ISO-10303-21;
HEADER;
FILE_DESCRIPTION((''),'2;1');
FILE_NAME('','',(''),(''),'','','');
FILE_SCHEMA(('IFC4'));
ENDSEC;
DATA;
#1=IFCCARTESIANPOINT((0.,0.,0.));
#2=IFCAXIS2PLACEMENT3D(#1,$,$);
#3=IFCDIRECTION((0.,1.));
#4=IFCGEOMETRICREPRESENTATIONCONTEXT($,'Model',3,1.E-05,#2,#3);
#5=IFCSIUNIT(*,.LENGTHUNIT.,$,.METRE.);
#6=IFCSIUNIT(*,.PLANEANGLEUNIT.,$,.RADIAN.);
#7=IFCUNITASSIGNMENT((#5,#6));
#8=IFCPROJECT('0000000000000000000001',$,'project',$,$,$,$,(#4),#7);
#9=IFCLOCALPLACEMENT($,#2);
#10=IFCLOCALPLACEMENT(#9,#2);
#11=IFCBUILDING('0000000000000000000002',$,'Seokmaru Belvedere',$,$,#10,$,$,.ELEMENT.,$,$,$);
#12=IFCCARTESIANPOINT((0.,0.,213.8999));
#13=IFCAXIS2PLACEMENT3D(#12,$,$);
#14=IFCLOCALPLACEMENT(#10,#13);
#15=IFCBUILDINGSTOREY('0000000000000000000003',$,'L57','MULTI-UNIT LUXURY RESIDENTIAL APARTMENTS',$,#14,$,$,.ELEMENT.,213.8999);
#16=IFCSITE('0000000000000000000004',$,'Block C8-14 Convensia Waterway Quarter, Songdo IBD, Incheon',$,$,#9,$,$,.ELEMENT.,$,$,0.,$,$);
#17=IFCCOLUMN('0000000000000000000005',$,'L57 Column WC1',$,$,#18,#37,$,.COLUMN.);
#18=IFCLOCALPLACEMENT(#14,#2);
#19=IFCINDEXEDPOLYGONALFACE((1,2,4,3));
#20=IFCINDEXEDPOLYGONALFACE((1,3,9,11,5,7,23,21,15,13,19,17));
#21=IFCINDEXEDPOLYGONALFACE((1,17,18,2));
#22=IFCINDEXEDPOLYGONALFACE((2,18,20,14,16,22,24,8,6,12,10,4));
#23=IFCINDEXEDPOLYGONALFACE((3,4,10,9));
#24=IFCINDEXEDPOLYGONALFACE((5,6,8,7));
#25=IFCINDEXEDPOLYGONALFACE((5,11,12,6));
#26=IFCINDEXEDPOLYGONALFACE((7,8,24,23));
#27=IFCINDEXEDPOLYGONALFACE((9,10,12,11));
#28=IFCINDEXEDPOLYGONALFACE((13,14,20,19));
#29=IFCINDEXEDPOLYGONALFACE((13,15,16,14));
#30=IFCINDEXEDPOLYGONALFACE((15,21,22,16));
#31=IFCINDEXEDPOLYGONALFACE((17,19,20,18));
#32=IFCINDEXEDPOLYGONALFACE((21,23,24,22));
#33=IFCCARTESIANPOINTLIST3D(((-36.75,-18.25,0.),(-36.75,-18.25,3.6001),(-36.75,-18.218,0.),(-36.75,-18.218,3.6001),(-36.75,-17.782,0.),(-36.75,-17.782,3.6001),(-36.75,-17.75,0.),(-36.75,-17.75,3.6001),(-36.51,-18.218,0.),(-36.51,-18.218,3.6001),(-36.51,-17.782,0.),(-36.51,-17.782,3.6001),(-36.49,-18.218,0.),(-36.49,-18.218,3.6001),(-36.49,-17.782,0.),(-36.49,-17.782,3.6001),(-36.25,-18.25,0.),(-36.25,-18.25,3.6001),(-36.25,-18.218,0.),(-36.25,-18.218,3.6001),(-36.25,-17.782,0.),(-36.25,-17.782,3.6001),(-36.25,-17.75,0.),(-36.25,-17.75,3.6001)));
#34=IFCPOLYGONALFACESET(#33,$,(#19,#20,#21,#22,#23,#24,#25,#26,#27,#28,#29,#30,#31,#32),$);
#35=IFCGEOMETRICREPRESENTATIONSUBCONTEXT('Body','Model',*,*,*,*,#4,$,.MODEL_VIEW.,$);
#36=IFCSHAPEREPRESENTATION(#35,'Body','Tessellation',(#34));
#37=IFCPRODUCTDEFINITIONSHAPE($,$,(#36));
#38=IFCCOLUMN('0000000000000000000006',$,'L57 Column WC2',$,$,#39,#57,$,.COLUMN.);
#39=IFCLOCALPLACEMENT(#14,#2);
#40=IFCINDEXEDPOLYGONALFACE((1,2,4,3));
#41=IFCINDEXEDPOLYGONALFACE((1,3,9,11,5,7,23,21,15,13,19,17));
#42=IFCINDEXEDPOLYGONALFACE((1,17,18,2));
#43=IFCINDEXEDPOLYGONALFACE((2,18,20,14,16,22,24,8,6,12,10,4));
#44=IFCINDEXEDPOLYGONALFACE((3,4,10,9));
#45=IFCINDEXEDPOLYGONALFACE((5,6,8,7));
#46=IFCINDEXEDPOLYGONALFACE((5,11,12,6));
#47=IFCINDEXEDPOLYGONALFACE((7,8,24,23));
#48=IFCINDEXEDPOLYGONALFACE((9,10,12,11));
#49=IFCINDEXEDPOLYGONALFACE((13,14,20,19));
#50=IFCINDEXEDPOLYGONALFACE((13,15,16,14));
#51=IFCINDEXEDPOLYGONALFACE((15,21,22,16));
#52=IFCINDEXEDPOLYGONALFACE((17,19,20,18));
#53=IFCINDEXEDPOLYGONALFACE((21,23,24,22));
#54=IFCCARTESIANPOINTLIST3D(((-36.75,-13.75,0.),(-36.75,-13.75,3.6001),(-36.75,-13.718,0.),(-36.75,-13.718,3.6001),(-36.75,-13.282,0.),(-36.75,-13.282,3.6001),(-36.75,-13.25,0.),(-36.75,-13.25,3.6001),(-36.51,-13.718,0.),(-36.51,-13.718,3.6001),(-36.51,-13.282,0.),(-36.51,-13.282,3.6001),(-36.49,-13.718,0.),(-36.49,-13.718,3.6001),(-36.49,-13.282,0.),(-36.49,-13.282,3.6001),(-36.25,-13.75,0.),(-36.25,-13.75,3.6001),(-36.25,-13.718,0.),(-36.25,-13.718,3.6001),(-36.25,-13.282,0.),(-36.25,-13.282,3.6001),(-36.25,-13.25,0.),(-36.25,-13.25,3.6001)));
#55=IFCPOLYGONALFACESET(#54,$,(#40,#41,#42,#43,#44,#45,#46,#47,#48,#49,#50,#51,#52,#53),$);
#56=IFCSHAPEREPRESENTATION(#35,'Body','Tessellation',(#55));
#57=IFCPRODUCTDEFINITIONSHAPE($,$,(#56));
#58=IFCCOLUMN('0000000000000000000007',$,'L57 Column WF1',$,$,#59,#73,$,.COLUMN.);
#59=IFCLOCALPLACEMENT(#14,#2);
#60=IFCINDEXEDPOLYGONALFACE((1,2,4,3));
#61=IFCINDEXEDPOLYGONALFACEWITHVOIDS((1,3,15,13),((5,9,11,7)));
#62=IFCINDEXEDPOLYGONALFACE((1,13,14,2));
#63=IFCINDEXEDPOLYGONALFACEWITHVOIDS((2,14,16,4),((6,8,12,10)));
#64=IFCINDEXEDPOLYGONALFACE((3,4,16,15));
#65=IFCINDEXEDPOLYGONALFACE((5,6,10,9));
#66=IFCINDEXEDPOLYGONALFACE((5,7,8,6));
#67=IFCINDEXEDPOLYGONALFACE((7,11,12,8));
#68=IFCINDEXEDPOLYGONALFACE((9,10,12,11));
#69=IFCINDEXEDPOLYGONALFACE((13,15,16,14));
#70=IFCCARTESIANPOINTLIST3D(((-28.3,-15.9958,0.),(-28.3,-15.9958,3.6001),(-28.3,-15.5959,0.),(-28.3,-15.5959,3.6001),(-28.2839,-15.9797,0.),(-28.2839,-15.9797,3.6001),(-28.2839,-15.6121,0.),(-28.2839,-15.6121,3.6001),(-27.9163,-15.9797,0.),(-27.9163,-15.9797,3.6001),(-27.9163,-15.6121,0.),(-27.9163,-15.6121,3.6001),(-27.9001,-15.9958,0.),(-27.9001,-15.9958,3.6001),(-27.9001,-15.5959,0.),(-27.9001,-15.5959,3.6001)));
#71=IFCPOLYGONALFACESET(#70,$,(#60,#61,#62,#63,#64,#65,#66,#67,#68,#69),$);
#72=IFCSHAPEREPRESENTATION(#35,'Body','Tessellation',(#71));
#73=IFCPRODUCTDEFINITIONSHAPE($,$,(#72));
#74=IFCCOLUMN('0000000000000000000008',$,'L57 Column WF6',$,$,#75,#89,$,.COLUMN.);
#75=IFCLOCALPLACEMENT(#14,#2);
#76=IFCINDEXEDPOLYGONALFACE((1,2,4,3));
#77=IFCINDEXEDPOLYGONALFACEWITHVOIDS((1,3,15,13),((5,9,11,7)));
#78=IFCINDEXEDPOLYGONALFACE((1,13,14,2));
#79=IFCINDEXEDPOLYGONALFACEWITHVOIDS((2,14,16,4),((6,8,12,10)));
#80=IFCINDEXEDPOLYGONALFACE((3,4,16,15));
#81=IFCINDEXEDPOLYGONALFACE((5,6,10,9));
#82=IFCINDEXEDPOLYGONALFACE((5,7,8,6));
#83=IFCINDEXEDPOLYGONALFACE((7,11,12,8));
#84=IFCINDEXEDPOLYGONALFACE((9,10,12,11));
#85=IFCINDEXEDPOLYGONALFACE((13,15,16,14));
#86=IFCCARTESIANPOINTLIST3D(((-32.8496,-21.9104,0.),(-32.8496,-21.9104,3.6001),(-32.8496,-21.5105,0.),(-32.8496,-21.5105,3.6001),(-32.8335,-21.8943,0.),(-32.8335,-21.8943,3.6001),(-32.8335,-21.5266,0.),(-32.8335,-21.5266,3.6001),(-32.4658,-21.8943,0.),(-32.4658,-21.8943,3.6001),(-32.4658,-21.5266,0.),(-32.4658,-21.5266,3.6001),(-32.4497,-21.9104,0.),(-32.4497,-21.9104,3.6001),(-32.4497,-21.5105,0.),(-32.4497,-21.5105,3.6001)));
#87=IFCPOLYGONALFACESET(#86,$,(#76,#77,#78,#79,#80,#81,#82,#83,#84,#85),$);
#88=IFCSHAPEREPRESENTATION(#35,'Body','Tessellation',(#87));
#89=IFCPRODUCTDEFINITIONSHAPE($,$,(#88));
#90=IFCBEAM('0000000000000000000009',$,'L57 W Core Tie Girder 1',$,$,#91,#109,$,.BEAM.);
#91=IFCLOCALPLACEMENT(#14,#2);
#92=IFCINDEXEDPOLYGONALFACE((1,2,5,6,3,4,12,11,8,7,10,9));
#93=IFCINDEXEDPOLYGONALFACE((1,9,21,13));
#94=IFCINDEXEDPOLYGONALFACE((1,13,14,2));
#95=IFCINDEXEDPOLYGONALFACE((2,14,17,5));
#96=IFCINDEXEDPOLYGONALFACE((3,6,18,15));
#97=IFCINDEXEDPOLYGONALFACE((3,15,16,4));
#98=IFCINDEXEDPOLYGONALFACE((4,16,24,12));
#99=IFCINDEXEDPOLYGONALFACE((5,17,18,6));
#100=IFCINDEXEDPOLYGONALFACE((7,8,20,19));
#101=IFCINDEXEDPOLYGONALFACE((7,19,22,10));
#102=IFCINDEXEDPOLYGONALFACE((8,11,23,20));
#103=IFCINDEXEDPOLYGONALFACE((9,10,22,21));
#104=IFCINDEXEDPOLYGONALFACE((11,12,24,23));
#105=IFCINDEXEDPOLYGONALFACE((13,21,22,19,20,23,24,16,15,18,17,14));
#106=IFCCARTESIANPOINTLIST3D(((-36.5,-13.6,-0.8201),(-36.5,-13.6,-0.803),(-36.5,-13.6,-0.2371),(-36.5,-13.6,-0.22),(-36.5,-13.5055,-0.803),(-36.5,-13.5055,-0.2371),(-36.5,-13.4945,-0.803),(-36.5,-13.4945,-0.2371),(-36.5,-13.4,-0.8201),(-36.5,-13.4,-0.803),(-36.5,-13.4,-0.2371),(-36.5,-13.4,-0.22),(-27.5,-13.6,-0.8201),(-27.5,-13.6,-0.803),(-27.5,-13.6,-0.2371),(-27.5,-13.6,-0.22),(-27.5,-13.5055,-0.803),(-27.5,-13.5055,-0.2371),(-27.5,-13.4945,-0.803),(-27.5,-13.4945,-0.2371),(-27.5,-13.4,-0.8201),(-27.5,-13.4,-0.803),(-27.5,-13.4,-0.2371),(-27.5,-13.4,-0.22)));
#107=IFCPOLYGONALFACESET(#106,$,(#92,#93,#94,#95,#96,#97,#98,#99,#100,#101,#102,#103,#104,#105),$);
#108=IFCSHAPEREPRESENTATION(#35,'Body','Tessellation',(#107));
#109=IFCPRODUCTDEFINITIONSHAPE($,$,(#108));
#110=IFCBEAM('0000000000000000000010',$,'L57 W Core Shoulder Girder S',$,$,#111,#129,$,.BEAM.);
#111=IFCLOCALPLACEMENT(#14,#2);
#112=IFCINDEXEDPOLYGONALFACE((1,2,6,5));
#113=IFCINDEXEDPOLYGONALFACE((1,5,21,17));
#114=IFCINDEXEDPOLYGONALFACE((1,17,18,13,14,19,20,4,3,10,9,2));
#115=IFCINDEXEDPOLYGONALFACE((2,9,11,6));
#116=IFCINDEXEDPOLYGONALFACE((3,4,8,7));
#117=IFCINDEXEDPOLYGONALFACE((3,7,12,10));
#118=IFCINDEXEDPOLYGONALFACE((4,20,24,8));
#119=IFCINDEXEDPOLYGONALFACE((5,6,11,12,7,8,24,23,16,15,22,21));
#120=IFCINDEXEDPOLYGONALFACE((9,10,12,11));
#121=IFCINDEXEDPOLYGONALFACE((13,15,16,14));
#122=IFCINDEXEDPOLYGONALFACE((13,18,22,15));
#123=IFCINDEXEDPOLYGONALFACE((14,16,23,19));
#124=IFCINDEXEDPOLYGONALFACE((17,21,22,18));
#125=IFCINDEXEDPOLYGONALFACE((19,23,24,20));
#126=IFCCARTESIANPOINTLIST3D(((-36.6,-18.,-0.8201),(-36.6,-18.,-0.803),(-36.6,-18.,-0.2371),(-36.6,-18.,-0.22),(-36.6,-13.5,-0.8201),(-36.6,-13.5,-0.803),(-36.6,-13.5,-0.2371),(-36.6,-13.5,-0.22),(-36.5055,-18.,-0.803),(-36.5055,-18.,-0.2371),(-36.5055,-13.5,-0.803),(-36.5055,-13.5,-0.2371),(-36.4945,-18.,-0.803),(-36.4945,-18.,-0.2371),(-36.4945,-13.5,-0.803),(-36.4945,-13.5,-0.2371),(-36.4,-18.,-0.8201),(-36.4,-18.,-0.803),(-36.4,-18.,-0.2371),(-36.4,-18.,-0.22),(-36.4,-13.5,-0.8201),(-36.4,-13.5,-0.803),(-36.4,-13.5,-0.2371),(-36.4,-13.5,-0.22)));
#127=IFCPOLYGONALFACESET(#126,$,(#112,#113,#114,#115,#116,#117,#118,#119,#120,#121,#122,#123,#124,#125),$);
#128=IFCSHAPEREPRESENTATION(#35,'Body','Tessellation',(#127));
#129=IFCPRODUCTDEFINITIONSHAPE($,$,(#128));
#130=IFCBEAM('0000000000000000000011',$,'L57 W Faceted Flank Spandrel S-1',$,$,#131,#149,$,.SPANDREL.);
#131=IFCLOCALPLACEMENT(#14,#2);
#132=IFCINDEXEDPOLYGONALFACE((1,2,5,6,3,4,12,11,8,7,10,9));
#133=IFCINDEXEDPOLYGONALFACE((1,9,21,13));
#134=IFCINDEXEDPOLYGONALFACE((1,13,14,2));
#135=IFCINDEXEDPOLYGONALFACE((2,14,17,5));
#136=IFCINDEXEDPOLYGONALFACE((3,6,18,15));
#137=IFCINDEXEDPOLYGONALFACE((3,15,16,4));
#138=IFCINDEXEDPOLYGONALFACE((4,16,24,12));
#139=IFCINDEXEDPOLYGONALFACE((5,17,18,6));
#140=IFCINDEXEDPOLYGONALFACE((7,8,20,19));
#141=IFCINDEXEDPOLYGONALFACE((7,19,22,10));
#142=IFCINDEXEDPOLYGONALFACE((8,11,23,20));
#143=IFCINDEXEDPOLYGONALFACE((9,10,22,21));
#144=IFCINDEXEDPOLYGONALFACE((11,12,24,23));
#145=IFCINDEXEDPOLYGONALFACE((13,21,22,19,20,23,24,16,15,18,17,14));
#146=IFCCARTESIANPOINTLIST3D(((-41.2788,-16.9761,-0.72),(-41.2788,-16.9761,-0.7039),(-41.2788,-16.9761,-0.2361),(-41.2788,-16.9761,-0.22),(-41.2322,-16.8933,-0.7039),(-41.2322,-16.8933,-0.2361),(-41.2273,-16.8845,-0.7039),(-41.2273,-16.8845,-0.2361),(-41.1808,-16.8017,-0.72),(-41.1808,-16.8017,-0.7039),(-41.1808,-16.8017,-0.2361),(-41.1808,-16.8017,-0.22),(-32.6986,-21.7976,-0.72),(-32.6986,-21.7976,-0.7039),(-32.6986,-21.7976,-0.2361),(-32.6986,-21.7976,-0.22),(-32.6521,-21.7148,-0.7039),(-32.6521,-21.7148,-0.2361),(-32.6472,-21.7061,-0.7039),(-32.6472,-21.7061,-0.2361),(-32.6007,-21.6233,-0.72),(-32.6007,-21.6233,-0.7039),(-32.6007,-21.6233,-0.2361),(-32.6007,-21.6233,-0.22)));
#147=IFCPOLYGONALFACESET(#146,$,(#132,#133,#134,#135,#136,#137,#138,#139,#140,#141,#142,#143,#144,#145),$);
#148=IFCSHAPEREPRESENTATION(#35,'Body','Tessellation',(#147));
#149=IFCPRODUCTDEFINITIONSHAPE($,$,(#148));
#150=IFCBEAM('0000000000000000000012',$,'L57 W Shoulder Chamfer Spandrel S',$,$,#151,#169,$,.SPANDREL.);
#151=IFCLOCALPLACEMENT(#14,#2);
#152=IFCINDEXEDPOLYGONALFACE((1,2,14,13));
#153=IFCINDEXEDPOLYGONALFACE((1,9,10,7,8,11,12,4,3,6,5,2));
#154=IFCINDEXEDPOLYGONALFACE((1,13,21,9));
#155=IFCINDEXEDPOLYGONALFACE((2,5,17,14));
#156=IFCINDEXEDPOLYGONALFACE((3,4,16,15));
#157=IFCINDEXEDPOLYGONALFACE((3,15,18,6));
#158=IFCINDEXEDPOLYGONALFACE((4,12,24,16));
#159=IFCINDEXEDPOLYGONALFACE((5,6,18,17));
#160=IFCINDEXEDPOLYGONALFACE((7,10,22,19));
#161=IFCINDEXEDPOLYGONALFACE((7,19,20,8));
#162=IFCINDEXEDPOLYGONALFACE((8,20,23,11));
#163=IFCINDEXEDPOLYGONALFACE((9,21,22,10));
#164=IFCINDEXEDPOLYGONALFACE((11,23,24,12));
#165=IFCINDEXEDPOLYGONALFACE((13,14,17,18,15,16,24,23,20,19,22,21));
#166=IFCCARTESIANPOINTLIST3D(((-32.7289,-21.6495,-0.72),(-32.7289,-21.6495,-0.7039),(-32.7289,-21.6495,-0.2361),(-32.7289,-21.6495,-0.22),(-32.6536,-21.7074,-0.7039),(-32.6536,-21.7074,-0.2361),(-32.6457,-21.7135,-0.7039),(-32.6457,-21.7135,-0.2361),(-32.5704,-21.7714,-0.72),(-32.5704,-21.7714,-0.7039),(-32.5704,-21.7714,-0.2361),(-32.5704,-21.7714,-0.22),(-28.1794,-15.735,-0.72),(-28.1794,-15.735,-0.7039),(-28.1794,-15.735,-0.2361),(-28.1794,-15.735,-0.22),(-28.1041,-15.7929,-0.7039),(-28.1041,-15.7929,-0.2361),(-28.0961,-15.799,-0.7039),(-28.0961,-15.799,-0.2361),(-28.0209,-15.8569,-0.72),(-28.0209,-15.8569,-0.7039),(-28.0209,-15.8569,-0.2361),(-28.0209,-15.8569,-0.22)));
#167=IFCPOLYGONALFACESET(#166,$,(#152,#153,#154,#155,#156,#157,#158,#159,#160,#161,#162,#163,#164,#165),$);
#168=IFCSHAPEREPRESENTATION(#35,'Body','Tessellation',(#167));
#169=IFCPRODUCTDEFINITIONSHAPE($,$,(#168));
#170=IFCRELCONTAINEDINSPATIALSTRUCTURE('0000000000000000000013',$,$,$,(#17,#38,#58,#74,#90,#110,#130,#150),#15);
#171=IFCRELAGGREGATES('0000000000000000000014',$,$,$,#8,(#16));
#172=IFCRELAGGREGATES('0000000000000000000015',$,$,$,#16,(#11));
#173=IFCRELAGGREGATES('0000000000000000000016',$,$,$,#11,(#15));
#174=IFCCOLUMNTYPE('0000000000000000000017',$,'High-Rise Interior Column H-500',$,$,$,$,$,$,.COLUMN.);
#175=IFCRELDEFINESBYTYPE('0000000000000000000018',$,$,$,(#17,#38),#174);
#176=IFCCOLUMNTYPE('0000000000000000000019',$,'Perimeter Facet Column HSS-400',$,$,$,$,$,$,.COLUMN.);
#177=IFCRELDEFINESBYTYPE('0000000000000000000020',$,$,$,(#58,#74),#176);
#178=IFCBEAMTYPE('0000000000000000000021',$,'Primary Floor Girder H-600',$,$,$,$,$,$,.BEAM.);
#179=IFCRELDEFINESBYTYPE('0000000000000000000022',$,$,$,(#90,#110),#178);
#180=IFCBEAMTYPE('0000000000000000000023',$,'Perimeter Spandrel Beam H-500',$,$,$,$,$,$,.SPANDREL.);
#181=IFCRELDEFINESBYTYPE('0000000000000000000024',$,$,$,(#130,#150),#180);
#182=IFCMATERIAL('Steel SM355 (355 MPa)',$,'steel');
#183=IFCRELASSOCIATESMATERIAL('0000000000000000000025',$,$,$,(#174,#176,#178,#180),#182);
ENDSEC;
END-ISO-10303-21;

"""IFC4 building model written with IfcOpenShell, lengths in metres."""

from ifc_helpers import new_model, si_unit, direction, frame, origin, origin_2d, place, context, subcontext, project, spatial, hollow_rectangle, i_section, extrude, source, transform, mapped, material, material_profile, profile_set, type_object, type_shapes, element, save


model = new_model("IFC4")

# Units and contexts
model_context = context("Model", 3, precision=1e-05, world=origin(), true_north=direction((0.0, 1.0)))
body_context = subcontext(model_context, "Body", "Model", "MODEL_VIEW")
ifc_project = project(units=[si_unit("LENGTHUNIT", "METRE"), si_unit("PLANEANGLEUNIT", "RADIAN")], contexts=[model_context])

# Site, building, storey
site_placement = place(None, origin())
site = spatial("IfcSite", under=ifc_project, at=site_placement, Name="Block C8-14 Convensia Waterway Quarter, Songdo IBD, Incheon", CompositionType="ELEMENT", RefElevation=0.0)
building_placement = place(site_placement, origin())
building = spatial("IfcBuilding", under=site, at=building_placement, Name="Seokmaru Belvedere", CompositionType="ELEMENT")
storey_placement = place(building_placement, frame((0.0, 0.0, 213.8999)))
storey = spatial("IfcBuildingStorey", under=building, at=storey_placement, Name="L57", Description="MULTI-UNIT LUXURY RESIDENTIAL APARTMENTS", CompositionType="ELEMENT", Elevation=213.8999)

# Columns
ifc_material_1 = material(Name="Steel SM355 (355 MPa)", Category="steel")
ifc_material_profile_1 = material_profile(ifc_material_1, i_section(OverallWidth=0.5, OverallDepth=0.5, WebThickness=0.02, FlangeThickness=0.032, at=origin_2d()), Name="H-500x500x20x32")
ifc_profile_set_1 = profile_set([ifc_material_profile_1], Name="Steel SM355 (355 MPa)")
column_type_1 = type_object("IfcColumnType", Name="High-Rise Interior Column H-500", PredefinedType="COLUMN", material=ifc_profile_set_1)
shared_shape_1 = source(origin(), body_context, "Body", "SweptSolid", [
    extrude(i_section(OverallWidth=0.5, OverallDepth=0.5, WebThickness=0.02, FlangeThickness=0.032, at=origin_2d()), origin(), (0.0, 0.0, 1.0), 3.6001),
])
type_shapes(column_type_1, [shared_shape_1])
for number, where, z_axis, x_axis, name in (
    (1, (-36.5, -18.0, 0.0), (0.0, 0.0, 1.0), (1.0, 0.0, 0.0), "L57 Column WC1"),
    (2, (-36.5, -13.5, 0.0), (0.0, 0.0, 1.0), (1.0, 0.0, 0.0), "L57 Column WC2"),
):
    element("IfcColumn", number, at=place(storey_placement, frame(where, z_axis=z_axis, x_axis=x_axis)), inside=storey, type_object=column_type_1, Name=name, PredefinedType="COLUMN", context=body_context, shape_type="MappedRepresentation", body=[
        mapped(shared_shape_1, transform((0.0, 0.0, 0.0), scale=1.0)),
    ])
ifc_material_profile_2 = material_profile(ifc_material_1, hollow_rectangle(XDim=0.3999, YDim=0.3999, WallThickness=0.0161, at=origin_2d()), Name="HSS-400x400x16")
ifc_profile_set_2 = profile_set([ifc_material_profile_2], Name="Steel SM355 (355 MPa)")
column_type_2 = type_object("IfcColumnType", Name="Perimeter Facet Column HSS-400", PredefinedType="COLUMN", material=ifc_profile_set_2)
shared_shape_2 = source(origin(), body_context, "Body", "SweptSolid", [
    extrude(hollow_rectangle(XDim=0.3999, YDim=0.3999, WallThickness=0.0161, at=origin_2d()), origin(), (0.0, 0.0, 1.0), 3.6001),
])
type_shapes(column_type_2, [shared_shape_2])
for number, where, z_axis, x_axis, name in (
    (3, (-28.1001, -15.7959, 0.0), (0.0, 0.0, 1.0), (1.0, 0.0, 0.0), "L57 Column WF1"),
    (4, (-32.6497, -21.7104, 0.0), (0.0, 0.0, 1.0), (1.0, 0.0, 0.0), "L57 Column WF6"),
):
    element("IfcColumn", number, at=place(storey_placement, frame(where, z_axis=z_axis, x_axis=x_axis)), inside=storey, type_object=column_type_2, Name=name, PredefinedType="COLUMN", context=body_context, shape_type="MappedRepresentation", body=[
        mapped(shared_shape_2, transform((0.0, 0.0, 0.0), scale=1.0)),
    ])

# Beams
ifc_material_profile_3 = material_profile(ifc_material_1, i_section(OverallWidth=0.2, OverallDepth=0.6001, WebThickness=0.011, FlangeThickness=0.0171, at=origin_2d()), Name="H-600x200x11x17")
ifc_profile_set_3 = profile_set([ifc_material_profile_3], Name="Steel SM355 (355 MPa)")
beam_type_1 = type_object("IfcBeamType", Name="Primary Floor Girder H-600", PredefinedType="BEAM", material=ifc_profile_set_3)
shared_shape_3 = source(origin(), body_context, "Body", "SweptSolid", [
    extrude(i_section(OverallWidth=0.2, OverallDepth=0.6001, WebThickness=0.011, FlangeThickness=0.0171, at=origin_2d()), origin(), (0.0, 0.0, 1.0), 9.0),
])
beam_1_placement = place(storey_placement, frame((-36.5, -13.5, -0.52), z_axis=(1.0, 0.0, 0.0), x_axis=(0.0, 1.0, 0.0)))
element("IfcBeam", 5, at=beam_1_placement, inside=storey, type_object=beam_type_1, Name="L57 W Core Tie Girder 1", PredefinedType="BEAM", context=body_context, shape_type="MappedRepresentation", body=[
    mapped(shared_shape_3, transform((0.0, 0.0, 0.0), scale=1.0)),
])
shared_shape_4 = source(origin(), body_context, "Body", "SweptSolid", [
    extrude(i_section(OverallWidth=0.2, OverallDepth=0.6001, WebThickness=0.011, FlangeThickness=0.0171, at=origin_2d()), origin(), (0.0, 0.0, 1.0), 4.5),
])
type_shapes(beam_type_1, [shared_shape_3, shared_shape_4])
beam_2_placement = place(storey_placement, frame((-36.5, -18.0, -0.52), z_axis=(0.0, 1.0, 0.0), x_axis=(-1.0, 0.0, 0.0)))
element("IfcBeam", 6, at=beam_2_placement, inside=storey, type_object=beam_type_1, Name="L57 W Core Shoulder Girder S", PredefinedType="BEAM", context=body_context, shape_type="MappedRepresentation", body=[
    mapped(shared_shape_4, transform((0.0, 0.0, 0.0), scale=1.0)),
])
ifc_material_profile_4 = material_profile(ifc_material_1, i_section(OverallWidth=0.2, OverallDepth=0.5, WebThickness=0.01, FlangeThickness=0.0161, at=origin_2d()), Name="H-500x200x10x16")
ifc_profile_set_4 = profile_set([ifc_material_profile_4], Name="Steel SM355 (355 MPa)")
beam_type_2 = type_object("IfcBeamType", Name="Perimeter Spandrel Beam H-500", PredefinedType="SPANDREL", material=ifc_profile_set_4)
shared_shape_5 = source(origin(), body_context, "Body", "SweptSolid", [
    extrude(i_section(OverallWidth=0.2, OverallDepth=0.5, WebThickness=0.01, FlangeThickness=0.0161, at=origin_2d()), origin(), (0.0, 0.0, 1.0), 9.842),
])
beam_3_placement = place(storey_placement, frame((-32.6497, -21.7104, -0.47), z_axis=(-0.871782, 0.489894, 0.0), x_axis=(-0.489894, -0.871782, 0.0)))
element("IfcBeam", 7, at=beam_3_placement, inside=storey, type_object=beam_type_2, Name="L57 W Faceted Flank Spandrel S-1", PredefinedType="SPANDREL", context=body_context, shape_type="MappedRepresentation", body=[
    mapped(shared_shape_5, transform((0.0, 0.0, 0.0), scale=1.0)),
])
shared_shape_6 = source(origin(), body_context, "Body", "SweptSolid", [
    extrude(i_section(OverallWidth=0.2, OverallDepth=0.5, WebThickness=0.01, FlangeThickness=0.0161, at=origin_2d()), origin(), (0.0, 0.0, 1.0), 7.4619),
])
beam_4_placement = place(storey_placement, frame((-32.6497, -21.7104, -0.47), z_axis=(0.609703, 0.79263, 0.0), x_axis=(-0.79263, 0.609703, 0.0)))
element("IfcBeam", 8, at=beam_4_placement, inside=storey, type_object=beam_type_2, Name="L57 W Shoulder Chamfer Spandrel S", PredefinedType="SPANDREL", context=body_context, shape_type="MappedRepresentation", body=[
    mapped(shared_shape_6, transform((0.0, 0.0, 0.0), scale=1.0)),
])

save(model, "model.ifc")
